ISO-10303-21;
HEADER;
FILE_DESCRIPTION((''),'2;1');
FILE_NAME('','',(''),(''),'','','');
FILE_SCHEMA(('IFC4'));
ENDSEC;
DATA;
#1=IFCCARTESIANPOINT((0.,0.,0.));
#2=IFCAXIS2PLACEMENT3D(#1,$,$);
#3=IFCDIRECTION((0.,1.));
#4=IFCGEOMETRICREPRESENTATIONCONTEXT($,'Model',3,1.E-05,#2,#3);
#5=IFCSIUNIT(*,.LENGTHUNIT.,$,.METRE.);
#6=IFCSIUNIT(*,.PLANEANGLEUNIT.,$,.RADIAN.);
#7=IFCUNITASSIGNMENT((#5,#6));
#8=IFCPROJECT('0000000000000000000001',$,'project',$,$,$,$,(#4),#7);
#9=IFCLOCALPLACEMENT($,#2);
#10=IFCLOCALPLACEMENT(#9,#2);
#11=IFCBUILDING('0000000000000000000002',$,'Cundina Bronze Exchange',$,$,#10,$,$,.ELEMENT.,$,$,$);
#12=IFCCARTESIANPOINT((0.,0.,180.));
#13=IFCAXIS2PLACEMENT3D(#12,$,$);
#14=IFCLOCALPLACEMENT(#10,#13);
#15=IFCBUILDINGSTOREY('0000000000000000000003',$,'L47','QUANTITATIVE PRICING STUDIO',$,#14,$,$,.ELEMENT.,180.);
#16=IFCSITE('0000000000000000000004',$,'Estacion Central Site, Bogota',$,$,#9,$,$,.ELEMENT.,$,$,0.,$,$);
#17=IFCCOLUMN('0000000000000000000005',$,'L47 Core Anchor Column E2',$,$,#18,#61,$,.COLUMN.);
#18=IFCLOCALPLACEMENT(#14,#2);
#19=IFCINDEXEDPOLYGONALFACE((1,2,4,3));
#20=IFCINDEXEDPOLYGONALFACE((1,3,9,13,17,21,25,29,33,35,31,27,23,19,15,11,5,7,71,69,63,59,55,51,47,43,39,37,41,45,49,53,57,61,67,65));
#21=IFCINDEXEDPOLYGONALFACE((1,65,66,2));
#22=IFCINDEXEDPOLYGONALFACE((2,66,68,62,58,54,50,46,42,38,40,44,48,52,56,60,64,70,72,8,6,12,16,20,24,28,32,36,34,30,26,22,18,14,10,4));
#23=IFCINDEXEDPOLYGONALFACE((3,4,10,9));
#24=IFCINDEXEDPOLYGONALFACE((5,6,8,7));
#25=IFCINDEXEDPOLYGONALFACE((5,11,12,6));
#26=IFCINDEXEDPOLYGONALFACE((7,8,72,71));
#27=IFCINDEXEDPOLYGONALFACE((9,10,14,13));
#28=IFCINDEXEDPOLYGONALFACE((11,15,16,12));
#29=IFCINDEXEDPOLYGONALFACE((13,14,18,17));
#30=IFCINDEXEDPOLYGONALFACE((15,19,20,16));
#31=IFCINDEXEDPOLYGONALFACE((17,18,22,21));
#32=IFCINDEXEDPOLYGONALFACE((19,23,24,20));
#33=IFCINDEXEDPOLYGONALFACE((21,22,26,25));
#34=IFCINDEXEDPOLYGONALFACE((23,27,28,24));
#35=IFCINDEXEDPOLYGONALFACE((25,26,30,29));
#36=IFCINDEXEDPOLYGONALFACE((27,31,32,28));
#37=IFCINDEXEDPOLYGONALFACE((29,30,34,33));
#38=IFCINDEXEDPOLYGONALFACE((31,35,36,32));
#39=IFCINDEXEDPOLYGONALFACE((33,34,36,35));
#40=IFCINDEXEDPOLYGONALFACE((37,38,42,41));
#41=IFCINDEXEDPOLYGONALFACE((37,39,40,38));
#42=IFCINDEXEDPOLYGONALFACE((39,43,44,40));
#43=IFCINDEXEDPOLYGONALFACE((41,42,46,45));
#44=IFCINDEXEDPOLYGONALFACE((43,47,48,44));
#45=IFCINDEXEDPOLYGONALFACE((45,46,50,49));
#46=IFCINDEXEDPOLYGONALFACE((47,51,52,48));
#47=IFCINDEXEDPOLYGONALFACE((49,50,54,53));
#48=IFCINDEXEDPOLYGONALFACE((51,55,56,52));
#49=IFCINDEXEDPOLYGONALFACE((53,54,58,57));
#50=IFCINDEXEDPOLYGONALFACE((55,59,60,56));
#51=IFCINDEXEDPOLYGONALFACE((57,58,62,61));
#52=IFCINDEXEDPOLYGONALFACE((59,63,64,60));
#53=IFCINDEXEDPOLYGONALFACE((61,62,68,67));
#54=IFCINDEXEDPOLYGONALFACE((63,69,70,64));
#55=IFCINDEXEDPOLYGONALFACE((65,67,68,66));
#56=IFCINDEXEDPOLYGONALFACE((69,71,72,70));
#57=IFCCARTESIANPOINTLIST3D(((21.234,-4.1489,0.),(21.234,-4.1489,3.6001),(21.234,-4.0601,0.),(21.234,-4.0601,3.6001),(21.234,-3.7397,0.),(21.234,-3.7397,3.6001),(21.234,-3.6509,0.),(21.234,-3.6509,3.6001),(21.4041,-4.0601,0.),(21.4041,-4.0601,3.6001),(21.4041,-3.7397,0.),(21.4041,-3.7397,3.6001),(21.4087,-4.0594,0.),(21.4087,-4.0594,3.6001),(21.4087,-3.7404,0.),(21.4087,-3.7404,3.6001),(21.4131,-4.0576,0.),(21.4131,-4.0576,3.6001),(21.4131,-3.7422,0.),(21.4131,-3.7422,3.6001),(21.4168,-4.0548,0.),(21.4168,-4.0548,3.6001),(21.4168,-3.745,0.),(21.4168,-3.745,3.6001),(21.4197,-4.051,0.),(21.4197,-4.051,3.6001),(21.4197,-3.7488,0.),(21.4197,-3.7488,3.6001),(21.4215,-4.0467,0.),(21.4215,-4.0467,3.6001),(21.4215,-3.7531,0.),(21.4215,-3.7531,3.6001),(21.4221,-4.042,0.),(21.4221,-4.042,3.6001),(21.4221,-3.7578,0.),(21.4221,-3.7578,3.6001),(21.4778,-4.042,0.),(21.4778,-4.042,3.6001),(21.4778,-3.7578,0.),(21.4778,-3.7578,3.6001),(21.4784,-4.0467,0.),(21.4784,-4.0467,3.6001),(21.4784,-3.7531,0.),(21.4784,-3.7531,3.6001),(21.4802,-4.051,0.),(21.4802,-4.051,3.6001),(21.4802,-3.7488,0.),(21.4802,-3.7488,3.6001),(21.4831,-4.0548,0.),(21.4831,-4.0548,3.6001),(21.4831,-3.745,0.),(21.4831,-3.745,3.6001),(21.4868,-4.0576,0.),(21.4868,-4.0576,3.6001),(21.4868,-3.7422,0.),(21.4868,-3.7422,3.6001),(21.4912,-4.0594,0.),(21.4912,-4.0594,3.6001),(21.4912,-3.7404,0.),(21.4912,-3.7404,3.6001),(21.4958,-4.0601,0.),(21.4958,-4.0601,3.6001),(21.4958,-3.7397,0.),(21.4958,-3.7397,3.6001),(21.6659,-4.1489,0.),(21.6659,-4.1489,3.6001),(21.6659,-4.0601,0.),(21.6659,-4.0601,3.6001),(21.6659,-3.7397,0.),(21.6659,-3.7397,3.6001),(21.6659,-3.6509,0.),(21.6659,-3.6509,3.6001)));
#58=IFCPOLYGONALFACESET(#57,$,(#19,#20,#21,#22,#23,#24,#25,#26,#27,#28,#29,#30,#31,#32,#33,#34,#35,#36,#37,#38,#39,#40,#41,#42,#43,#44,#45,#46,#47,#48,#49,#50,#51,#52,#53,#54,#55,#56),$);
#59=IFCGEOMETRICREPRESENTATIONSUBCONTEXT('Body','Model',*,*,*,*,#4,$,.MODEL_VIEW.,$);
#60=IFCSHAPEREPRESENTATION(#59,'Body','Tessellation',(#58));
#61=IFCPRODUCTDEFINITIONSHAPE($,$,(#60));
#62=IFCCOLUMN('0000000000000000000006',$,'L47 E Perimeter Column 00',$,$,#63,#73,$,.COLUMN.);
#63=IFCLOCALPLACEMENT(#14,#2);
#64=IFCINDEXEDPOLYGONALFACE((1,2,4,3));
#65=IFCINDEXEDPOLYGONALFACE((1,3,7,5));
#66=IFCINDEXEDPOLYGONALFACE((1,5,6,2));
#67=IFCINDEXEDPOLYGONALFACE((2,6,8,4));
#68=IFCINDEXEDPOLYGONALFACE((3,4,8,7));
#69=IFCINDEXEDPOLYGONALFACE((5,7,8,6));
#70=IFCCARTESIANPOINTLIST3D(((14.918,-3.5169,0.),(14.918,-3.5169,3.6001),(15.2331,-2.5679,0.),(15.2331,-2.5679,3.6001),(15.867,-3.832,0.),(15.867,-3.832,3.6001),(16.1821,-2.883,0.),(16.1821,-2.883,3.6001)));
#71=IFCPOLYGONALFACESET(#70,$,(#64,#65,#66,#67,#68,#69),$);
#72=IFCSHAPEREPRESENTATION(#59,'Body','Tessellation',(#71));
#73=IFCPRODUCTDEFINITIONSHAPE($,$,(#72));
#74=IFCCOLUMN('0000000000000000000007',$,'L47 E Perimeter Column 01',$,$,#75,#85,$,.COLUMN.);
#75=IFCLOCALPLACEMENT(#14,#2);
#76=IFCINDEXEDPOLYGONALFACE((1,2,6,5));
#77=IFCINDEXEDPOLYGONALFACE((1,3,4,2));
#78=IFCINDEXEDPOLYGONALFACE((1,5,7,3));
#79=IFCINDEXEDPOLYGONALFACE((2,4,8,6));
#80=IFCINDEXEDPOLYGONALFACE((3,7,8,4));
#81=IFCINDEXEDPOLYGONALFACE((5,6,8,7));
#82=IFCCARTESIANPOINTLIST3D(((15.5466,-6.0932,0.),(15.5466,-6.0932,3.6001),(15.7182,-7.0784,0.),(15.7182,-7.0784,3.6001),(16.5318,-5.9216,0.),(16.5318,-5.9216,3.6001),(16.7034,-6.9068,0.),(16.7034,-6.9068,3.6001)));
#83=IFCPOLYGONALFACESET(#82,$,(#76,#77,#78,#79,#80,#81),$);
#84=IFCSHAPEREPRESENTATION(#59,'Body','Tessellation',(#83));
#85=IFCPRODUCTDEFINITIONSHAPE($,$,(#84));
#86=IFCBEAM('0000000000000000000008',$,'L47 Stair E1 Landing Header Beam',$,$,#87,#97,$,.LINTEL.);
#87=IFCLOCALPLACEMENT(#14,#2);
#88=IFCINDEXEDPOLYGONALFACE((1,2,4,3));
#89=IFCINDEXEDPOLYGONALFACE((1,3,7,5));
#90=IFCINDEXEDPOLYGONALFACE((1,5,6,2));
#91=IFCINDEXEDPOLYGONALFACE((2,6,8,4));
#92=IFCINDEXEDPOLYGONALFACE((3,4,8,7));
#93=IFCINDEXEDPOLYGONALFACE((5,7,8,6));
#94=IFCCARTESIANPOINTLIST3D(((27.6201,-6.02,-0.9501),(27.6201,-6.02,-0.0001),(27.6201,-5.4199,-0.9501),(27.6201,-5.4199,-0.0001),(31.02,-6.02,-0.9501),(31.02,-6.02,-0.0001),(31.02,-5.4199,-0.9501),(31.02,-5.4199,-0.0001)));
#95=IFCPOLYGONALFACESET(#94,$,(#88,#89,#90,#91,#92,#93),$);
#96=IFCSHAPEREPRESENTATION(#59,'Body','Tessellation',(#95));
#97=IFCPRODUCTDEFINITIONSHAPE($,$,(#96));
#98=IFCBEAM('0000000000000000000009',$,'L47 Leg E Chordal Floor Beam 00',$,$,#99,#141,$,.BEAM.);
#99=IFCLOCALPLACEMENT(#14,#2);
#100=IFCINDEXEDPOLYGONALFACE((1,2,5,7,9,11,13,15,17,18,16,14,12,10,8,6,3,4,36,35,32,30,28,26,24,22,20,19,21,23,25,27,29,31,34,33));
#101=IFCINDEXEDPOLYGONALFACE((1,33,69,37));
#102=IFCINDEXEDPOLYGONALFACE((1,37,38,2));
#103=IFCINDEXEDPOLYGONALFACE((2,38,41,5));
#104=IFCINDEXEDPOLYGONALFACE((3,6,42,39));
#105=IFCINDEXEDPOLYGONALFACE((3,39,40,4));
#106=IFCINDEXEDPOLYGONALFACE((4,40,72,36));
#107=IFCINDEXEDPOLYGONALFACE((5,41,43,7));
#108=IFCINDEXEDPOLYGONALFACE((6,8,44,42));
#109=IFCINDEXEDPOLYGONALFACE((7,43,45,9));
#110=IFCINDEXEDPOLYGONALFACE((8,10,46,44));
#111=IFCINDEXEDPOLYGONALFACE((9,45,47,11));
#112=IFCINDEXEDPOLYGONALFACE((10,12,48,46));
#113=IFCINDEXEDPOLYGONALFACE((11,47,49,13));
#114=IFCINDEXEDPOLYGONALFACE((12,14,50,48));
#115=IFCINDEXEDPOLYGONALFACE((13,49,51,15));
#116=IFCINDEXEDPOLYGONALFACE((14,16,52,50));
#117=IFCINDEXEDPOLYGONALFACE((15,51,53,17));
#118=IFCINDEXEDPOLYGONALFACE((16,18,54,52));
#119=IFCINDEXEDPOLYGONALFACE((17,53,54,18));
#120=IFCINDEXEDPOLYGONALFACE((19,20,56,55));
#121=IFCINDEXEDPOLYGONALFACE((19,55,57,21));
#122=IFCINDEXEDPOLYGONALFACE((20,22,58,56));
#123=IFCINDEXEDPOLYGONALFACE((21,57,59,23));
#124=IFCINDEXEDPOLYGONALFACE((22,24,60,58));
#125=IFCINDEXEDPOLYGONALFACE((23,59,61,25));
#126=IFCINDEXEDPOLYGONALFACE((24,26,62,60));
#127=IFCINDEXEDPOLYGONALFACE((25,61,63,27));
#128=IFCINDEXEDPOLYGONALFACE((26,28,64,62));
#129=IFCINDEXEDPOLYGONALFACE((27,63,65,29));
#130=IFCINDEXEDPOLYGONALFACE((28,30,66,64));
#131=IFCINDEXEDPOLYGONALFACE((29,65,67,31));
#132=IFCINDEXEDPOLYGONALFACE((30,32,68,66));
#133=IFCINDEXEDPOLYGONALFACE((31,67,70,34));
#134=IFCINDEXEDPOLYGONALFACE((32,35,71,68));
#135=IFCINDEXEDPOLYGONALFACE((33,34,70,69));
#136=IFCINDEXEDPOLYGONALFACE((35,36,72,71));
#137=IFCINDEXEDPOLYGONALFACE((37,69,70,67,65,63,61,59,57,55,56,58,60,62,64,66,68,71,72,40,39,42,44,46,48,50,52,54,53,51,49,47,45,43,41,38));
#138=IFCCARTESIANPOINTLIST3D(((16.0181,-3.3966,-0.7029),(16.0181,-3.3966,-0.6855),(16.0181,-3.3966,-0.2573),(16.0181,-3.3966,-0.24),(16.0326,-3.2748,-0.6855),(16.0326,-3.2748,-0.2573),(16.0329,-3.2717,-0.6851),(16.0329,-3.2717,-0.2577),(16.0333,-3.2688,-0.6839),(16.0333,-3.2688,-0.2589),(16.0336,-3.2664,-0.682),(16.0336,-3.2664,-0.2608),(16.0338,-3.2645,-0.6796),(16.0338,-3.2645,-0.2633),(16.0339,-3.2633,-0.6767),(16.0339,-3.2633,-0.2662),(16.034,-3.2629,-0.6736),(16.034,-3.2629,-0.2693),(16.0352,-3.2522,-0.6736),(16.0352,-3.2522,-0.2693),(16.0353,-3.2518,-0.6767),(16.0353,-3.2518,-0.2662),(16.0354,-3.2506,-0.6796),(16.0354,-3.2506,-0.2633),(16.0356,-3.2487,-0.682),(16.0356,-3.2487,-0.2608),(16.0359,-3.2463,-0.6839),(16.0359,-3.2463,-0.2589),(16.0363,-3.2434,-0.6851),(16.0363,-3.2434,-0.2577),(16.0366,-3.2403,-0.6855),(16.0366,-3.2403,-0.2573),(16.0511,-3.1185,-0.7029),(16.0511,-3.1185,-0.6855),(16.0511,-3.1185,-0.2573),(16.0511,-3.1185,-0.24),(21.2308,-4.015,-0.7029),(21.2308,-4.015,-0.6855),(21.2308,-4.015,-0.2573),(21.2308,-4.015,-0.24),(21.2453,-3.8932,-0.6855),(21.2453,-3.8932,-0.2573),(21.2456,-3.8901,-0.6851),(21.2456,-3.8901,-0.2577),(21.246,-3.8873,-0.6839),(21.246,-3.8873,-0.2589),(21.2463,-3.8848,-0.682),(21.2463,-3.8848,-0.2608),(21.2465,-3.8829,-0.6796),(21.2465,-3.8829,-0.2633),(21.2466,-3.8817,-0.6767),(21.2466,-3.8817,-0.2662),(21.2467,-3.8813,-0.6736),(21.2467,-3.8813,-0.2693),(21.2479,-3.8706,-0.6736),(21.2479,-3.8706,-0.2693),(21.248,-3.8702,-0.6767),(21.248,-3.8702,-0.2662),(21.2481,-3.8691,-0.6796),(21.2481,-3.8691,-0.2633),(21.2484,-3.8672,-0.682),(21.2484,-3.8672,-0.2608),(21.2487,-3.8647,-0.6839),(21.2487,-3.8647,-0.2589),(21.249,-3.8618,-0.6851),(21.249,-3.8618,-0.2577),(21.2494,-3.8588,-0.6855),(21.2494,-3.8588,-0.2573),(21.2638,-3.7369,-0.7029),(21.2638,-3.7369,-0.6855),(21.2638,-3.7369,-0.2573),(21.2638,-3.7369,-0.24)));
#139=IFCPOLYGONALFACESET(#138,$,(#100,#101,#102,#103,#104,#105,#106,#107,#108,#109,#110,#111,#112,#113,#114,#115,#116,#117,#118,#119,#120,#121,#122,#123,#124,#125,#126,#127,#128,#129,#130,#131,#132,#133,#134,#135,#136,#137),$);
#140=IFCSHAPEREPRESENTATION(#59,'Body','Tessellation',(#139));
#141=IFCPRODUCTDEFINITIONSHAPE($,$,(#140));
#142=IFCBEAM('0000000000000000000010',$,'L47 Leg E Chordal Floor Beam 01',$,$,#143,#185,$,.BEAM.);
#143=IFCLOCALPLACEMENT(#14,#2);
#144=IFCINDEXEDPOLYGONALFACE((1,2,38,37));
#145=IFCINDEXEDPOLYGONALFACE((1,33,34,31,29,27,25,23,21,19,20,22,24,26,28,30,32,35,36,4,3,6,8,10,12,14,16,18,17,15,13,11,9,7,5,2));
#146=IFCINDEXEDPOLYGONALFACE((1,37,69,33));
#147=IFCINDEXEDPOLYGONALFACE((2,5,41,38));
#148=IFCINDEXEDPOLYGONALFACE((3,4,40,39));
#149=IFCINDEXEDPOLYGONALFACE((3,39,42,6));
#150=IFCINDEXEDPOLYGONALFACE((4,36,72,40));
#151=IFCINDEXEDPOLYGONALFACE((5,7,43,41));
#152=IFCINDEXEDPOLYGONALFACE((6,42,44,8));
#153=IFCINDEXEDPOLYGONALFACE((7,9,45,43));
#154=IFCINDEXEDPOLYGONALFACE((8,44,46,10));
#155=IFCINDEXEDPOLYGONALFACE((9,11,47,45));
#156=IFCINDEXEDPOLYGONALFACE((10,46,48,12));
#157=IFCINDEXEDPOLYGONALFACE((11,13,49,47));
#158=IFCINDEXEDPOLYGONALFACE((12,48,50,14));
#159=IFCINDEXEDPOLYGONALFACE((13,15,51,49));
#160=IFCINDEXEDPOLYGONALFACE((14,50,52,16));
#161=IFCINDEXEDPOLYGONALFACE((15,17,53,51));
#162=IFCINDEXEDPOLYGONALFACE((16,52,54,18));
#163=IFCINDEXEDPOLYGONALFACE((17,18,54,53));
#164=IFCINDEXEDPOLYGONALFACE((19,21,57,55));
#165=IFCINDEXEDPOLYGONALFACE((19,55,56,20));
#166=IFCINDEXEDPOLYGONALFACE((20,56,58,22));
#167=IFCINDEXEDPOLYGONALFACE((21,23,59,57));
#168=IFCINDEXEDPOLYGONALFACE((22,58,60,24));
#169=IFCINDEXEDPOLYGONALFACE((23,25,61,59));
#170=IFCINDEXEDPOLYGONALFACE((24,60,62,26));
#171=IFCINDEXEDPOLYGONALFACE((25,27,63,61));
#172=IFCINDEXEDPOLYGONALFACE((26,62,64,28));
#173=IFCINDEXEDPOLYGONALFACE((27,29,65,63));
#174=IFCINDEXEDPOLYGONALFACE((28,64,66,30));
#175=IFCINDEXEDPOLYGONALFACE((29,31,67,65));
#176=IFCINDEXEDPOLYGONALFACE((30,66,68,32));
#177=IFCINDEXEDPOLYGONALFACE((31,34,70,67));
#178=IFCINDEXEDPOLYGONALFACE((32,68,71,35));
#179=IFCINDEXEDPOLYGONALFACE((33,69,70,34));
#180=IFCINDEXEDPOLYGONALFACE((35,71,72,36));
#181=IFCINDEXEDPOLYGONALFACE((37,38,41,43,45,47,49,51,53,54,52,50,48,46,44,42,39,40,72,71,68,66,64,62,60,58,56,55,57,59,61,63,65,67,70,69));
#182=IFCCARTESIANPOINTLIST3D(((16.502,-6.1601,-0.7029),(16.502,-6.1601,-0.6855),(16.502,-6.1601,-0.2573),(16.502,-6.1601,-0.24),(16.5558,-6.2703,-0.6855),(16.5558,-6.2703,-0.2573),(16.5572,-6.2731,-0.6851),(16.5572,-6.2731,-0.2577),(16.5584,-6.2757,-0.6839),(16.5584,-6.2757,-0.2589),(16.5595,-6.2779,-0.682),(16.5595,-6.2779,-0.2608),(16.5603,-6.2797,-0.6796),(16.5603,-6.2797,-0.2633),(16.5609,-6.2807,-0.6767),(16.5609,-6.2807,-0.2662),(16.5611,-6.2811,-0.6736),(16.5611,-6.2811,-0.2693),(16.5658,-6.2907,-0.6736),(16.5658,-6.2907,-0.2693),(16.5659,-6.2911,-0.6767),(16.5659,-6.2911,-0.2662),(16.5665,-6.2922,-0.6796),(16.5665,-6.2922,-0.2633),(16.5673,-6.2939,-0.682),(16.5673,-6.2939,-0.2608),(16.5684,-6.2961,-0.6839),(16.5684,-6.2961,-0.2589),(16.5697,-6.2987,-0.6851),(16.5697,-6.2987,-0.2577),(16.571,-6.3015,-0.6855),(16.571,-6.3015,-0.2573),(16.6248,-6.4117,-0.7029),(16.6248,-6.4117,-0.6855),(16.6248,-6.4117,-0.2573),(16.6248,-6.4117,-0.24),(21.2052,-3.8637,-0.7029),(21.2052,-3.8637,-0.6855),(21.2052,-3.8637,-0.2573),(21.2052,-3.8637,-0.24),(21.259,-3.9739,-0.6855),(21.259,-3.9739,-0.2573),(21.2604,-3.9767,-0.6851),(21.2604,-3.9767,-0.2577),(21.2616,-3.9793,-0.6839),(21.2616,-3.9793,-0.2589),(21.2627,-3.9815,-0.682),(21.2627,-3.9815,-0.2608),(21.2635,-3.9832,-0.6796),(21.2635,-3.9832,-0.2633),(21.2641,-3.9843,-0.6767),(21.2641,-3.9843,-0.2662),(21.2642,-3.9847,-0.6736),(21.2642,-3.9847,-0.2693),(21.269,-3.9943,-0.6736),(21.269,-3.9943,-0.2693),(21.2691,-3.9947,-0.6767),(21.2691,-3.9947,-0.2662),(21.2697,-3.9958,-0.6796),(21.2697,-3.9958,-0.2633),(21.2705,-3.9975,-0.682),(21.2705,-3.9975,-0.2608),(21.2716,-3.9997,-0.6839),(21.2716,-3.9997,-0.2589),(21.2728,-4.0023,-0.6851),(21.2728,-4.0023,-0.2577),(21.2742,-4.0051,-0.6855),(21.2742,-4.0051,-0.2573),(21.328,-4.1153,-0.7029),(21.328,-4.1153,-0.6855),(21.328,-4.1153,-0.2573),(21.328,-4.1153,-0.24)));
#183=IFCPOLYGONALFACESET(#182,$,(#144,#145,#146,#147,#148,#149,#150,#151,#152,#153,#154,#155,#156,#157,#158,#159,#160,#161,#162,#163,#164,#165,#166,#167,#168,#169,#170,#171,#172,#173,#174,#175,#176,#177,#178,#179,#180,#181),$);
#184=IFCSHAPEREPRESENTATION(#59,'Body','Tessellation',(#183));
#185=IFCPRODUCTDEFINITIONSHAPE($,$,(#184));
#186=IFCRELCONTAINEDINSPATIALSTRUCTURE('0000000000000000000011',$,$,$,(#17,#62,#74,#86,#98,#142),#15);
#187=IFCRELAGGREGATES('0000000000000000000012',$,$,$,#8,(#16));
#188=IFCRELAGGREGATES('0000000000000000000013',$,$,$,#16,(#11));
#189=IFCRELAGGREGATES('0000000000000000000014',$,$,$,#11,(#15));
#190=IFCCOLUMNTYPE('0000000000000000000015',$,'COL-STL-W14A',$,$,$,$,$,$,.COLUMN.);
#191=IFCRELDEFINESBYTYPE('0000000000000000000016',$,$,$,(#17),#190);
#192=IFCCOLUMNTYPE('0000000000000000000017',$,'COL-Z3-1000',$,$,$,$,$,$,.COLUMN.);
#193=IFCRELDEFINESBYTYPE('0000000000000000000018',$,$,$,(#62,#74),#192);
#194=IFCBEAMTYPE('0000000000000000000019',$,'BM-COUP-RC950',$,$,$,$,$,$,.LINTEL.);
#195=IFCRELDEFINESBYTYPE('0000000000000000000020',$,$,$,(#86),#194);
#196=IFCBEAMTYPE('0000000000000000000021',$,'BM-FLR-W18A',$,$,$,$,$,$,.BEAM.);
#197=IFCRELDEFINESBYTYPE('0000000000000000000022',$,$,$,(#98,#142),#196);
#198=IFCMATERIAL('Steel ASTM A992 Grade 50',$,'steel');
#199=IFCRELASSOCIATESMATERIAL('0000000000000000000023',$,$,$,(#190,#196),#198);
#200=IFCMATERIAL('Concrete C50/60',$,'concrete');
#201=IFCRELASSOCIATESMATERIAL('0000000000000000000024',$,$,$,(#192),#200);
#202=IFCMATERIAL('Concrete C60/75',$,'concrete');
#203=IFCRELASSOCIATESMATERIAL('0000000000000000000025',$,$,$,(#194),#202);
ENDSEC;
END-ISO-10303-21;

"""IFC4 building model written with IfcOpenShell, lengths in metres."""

from ifc_helpers import new_model, si_unit, direction, frame, origin, origin_2d, place, context, subcontext, project, spatial, rectangle, i_section, extrude, material, material_profile, profile_set, type_object, element, save


model = new_model("IFC4")

# Units and contexts
model_context = context("Model", 3, precision=1e-05, world=origin(), true_north=direction((0.0, 1.0)))
body_context = subcontext(model_context, "Body", "Model", "MODEL_VIEW")
ifc_project = project(units=[si_unit("LENGTHUNIT", "METRE"), si_unit("PLANEANGLEUNIT", "RADIAN")], contexts=[model_context])

# Site, building, storey
site_placement = place(None, origin())
site = spatial("IfcSite", under=ifc_project, at=site_placement, Name="Estacion Central Site, Bogota", CompositionType="ELEMENT", RefElevation=0.0)
building_placement = place(site_placement, origin())
building = spatial("IfcBuilding", under=site, at=building_placement, Name="Cundina Bronze Exchange", CompositionType="ELEMENT")
storey_placement = place(building_placement, frame((0.0, 0.0, 180.0)))
storey = spatial("IfcBuildingStorey", under=building, at=storey_placement, Name="L47", Description="QUANTITATIVE PRICING STUDIO", CompositionType="ELEMENT", Elevation=180.0)

# Columns
ifc_material_1 = material(Name="Steel ASTM A992 Grade 50", Category="steel")
ifc_material_profile_1 = material_profile(ifc_material_1, i_section(OverallWidth=0.4319, OverallDepth=0.498, WebThickness=0.0557, FlangeThickness=0.0889, FilletRadius=0.0181, at=origin_2d()), Name="W14X500", Category="steel")
ifc_profile_set_1 = profile_set([ifc_material_profile_1], Name="Steel ASTM A992 Grade 50")
column_type_1 = type_object("IfcColumnType", Name="COL-STL-W14A", PredefinedType="COLUMN", material=ifc_profile_set_1)
column_placement = place(storey_placement, frame((21.45, -3.8999, 0.0), z_axis=(0.0, 0.0, 1.0), x_axis=(1.0, 0.0, 0.0)))
element("IfcColumn", 1, at=column_placement, inside=storey, type_object=column_type_1, Name="L47 Core Anchor Column E2", PredefinedType="COLUMN", context=body_context, shape_type="SweptSolid", body=[
    extrude(i_section(OverallWidth=0.4319, OverallDepth=0.498, WebThickness=0.0557, FlangeThickness=0.0889, FilletRadius=0.0181, at=origin_2d()), origin(), (0.0, 0.0, 1.0), 3.6001),
])
ifc_material_2 = material(Name="Concrete C50/60", Category="concrete")
ifc_material_profile_2 = material_profile(ifc_material_2, rectangle(XDim=1.0, YDim=1.0, at=origin_2d()), Name="RC1000X1000", Category="concrete")
ifc_profile_set_2 = profile_set([ifc_material_profile_2], Name="Concrete C50/60")
column_type_2 = type_object("IfcColumnType", Name="COL-Z3-1000", PredefinedType="COLUMN", material=ifc_profile_set_2)
for number, where, z_axis, x_axis, name in (
    (2, (15.55, -3.2, 0.0), (0.0, 0.0, 1.0), (-0.315152, -0.949041, 0.0), "L47 E Perimeter Column 00"),
    (3, (16.125, -6.5, 0.0), (0.0, 0.0, 1.0), (0.171585, -0.985169, 0.0), "L47 E Perimeter Column 01"),
):
    element("IfcColumn", number, at=place(storey_placement, frame(where, z_axis=z_axis, x_axis=x_axis)), inside=storey, type_object=column_type_2, Name=name, PredefinedType="COLUMN", context=body_context, shape_type="SweptSolid", body=[
        extrude(rectangle(XDim=1.0, YDim=1.0, at=origin_2d()), origin(), (0.0, 0.0, 1.0), 3.6001),
    ])

# Beams
ifc_material_3 = material(Name="Concrete C60/75", Category="concrete")
ifc_material_profile_3 = material_profile(ifc_material_3, rectangle(XDim=0.6001, YDim=0.95, at=origin_2d()), Name="RC600X950", Category="concrete")
ifc_profile_set_3 = profile_set([ifc_material_profile_3], Name="Concrete C60/75")
beam_type_1 = type_object("IfcBeamType", Name="BM-COUP-RC950", PredefinedType="LINTEL", material=ifc_profile_set_3)
beam_1_placement = place(storey_placement, frame((27.6201, -5.72, -0.4751), z_axis=(1.0, 0.0, 0.0), x_axis=(0.0, 1.0, 0.0)))
element("IfcBeam", 4, at=beam_1_placement, inside=storey, type_object=beam_type_1, Name="L47 Stair E1 Landing Header Beam", PredefinedType="LINTEL", context=body_context, shape_type="SweptSolid", body=[
    extrude(rectangle(XDim=0.6001, YDim=0.95, at=origin_2d()), origin(), (0.0, 0.0, 1.0), 3.3999),
])
ifc_material_profile_4 = material_profile(ifc_material_1, i_section(OverallWidth=0.28, OverallDepth=0.4629, WebThickness=0.0107, FlangeThickness=0.0173, FilletRadius=0.012, at=origin_2d()), Name="W18X76", Category="steel")
ifc_profile_set_4 = profile_set([ifc_material_profile_4], Name="Steel ASTM A992 Grade 50")
beam_type_2 = type_object("IfcBeamType", Name="BM-FLR-W18A", PredefinedType="BEAM", material=ifc_profile_set_4)
beam_2_placement = place(storey_placement, frame((21.2473, -3.876, -0.4714), z_axis=(-0.993036, 0.11781, 0.0), x_axis=(-0.11781, -0.993036, 0.0)))
element("IfcBeam", 5, at=beam_2_placement, inside=storey, type_object=beam_type_2, Name="L47 Leg E Chordal Floor Beam 00", PredefinedType="BEAM", context=body_context, shape_type="SweptSolid", body=[
    extrude(i_section(OverallWidth=0.28, OverallDepth=0.4629, WebThickness=0.0107, FlangeThickness=0.0173, FilletRadius=0.012, at=origin_2d()), origin(), (0.0, 0.0, 1.0), 5.2493),
])
beam_3_placement = place(storey_placement, frame((21.2666, -3.9895, -0.4714), z_axis=(-0.898604, -0.43876, 0.0), x_axis=(0.43876, -0.898604, 0.0)))
element("IfcBeam", 6, at=beam_3_placement, inside=storey, type_object=beam_type_2, Name="L47 Leg E Chordal Floor Beam 01", PredefinedType="BEAM", context=body_context, shape_type="SweptSolid", body=[
    extrude(i_section(OverallWidth=0.28, OverallDepth=0.4629, WebThickness=0.0107, FlangeThickness=0.0173, FilletRadius=0.012, at=origin_2d()), origin(), (0.0, 0.0, 1.0), 5.2339),
])

save(model, "model.ifc")
